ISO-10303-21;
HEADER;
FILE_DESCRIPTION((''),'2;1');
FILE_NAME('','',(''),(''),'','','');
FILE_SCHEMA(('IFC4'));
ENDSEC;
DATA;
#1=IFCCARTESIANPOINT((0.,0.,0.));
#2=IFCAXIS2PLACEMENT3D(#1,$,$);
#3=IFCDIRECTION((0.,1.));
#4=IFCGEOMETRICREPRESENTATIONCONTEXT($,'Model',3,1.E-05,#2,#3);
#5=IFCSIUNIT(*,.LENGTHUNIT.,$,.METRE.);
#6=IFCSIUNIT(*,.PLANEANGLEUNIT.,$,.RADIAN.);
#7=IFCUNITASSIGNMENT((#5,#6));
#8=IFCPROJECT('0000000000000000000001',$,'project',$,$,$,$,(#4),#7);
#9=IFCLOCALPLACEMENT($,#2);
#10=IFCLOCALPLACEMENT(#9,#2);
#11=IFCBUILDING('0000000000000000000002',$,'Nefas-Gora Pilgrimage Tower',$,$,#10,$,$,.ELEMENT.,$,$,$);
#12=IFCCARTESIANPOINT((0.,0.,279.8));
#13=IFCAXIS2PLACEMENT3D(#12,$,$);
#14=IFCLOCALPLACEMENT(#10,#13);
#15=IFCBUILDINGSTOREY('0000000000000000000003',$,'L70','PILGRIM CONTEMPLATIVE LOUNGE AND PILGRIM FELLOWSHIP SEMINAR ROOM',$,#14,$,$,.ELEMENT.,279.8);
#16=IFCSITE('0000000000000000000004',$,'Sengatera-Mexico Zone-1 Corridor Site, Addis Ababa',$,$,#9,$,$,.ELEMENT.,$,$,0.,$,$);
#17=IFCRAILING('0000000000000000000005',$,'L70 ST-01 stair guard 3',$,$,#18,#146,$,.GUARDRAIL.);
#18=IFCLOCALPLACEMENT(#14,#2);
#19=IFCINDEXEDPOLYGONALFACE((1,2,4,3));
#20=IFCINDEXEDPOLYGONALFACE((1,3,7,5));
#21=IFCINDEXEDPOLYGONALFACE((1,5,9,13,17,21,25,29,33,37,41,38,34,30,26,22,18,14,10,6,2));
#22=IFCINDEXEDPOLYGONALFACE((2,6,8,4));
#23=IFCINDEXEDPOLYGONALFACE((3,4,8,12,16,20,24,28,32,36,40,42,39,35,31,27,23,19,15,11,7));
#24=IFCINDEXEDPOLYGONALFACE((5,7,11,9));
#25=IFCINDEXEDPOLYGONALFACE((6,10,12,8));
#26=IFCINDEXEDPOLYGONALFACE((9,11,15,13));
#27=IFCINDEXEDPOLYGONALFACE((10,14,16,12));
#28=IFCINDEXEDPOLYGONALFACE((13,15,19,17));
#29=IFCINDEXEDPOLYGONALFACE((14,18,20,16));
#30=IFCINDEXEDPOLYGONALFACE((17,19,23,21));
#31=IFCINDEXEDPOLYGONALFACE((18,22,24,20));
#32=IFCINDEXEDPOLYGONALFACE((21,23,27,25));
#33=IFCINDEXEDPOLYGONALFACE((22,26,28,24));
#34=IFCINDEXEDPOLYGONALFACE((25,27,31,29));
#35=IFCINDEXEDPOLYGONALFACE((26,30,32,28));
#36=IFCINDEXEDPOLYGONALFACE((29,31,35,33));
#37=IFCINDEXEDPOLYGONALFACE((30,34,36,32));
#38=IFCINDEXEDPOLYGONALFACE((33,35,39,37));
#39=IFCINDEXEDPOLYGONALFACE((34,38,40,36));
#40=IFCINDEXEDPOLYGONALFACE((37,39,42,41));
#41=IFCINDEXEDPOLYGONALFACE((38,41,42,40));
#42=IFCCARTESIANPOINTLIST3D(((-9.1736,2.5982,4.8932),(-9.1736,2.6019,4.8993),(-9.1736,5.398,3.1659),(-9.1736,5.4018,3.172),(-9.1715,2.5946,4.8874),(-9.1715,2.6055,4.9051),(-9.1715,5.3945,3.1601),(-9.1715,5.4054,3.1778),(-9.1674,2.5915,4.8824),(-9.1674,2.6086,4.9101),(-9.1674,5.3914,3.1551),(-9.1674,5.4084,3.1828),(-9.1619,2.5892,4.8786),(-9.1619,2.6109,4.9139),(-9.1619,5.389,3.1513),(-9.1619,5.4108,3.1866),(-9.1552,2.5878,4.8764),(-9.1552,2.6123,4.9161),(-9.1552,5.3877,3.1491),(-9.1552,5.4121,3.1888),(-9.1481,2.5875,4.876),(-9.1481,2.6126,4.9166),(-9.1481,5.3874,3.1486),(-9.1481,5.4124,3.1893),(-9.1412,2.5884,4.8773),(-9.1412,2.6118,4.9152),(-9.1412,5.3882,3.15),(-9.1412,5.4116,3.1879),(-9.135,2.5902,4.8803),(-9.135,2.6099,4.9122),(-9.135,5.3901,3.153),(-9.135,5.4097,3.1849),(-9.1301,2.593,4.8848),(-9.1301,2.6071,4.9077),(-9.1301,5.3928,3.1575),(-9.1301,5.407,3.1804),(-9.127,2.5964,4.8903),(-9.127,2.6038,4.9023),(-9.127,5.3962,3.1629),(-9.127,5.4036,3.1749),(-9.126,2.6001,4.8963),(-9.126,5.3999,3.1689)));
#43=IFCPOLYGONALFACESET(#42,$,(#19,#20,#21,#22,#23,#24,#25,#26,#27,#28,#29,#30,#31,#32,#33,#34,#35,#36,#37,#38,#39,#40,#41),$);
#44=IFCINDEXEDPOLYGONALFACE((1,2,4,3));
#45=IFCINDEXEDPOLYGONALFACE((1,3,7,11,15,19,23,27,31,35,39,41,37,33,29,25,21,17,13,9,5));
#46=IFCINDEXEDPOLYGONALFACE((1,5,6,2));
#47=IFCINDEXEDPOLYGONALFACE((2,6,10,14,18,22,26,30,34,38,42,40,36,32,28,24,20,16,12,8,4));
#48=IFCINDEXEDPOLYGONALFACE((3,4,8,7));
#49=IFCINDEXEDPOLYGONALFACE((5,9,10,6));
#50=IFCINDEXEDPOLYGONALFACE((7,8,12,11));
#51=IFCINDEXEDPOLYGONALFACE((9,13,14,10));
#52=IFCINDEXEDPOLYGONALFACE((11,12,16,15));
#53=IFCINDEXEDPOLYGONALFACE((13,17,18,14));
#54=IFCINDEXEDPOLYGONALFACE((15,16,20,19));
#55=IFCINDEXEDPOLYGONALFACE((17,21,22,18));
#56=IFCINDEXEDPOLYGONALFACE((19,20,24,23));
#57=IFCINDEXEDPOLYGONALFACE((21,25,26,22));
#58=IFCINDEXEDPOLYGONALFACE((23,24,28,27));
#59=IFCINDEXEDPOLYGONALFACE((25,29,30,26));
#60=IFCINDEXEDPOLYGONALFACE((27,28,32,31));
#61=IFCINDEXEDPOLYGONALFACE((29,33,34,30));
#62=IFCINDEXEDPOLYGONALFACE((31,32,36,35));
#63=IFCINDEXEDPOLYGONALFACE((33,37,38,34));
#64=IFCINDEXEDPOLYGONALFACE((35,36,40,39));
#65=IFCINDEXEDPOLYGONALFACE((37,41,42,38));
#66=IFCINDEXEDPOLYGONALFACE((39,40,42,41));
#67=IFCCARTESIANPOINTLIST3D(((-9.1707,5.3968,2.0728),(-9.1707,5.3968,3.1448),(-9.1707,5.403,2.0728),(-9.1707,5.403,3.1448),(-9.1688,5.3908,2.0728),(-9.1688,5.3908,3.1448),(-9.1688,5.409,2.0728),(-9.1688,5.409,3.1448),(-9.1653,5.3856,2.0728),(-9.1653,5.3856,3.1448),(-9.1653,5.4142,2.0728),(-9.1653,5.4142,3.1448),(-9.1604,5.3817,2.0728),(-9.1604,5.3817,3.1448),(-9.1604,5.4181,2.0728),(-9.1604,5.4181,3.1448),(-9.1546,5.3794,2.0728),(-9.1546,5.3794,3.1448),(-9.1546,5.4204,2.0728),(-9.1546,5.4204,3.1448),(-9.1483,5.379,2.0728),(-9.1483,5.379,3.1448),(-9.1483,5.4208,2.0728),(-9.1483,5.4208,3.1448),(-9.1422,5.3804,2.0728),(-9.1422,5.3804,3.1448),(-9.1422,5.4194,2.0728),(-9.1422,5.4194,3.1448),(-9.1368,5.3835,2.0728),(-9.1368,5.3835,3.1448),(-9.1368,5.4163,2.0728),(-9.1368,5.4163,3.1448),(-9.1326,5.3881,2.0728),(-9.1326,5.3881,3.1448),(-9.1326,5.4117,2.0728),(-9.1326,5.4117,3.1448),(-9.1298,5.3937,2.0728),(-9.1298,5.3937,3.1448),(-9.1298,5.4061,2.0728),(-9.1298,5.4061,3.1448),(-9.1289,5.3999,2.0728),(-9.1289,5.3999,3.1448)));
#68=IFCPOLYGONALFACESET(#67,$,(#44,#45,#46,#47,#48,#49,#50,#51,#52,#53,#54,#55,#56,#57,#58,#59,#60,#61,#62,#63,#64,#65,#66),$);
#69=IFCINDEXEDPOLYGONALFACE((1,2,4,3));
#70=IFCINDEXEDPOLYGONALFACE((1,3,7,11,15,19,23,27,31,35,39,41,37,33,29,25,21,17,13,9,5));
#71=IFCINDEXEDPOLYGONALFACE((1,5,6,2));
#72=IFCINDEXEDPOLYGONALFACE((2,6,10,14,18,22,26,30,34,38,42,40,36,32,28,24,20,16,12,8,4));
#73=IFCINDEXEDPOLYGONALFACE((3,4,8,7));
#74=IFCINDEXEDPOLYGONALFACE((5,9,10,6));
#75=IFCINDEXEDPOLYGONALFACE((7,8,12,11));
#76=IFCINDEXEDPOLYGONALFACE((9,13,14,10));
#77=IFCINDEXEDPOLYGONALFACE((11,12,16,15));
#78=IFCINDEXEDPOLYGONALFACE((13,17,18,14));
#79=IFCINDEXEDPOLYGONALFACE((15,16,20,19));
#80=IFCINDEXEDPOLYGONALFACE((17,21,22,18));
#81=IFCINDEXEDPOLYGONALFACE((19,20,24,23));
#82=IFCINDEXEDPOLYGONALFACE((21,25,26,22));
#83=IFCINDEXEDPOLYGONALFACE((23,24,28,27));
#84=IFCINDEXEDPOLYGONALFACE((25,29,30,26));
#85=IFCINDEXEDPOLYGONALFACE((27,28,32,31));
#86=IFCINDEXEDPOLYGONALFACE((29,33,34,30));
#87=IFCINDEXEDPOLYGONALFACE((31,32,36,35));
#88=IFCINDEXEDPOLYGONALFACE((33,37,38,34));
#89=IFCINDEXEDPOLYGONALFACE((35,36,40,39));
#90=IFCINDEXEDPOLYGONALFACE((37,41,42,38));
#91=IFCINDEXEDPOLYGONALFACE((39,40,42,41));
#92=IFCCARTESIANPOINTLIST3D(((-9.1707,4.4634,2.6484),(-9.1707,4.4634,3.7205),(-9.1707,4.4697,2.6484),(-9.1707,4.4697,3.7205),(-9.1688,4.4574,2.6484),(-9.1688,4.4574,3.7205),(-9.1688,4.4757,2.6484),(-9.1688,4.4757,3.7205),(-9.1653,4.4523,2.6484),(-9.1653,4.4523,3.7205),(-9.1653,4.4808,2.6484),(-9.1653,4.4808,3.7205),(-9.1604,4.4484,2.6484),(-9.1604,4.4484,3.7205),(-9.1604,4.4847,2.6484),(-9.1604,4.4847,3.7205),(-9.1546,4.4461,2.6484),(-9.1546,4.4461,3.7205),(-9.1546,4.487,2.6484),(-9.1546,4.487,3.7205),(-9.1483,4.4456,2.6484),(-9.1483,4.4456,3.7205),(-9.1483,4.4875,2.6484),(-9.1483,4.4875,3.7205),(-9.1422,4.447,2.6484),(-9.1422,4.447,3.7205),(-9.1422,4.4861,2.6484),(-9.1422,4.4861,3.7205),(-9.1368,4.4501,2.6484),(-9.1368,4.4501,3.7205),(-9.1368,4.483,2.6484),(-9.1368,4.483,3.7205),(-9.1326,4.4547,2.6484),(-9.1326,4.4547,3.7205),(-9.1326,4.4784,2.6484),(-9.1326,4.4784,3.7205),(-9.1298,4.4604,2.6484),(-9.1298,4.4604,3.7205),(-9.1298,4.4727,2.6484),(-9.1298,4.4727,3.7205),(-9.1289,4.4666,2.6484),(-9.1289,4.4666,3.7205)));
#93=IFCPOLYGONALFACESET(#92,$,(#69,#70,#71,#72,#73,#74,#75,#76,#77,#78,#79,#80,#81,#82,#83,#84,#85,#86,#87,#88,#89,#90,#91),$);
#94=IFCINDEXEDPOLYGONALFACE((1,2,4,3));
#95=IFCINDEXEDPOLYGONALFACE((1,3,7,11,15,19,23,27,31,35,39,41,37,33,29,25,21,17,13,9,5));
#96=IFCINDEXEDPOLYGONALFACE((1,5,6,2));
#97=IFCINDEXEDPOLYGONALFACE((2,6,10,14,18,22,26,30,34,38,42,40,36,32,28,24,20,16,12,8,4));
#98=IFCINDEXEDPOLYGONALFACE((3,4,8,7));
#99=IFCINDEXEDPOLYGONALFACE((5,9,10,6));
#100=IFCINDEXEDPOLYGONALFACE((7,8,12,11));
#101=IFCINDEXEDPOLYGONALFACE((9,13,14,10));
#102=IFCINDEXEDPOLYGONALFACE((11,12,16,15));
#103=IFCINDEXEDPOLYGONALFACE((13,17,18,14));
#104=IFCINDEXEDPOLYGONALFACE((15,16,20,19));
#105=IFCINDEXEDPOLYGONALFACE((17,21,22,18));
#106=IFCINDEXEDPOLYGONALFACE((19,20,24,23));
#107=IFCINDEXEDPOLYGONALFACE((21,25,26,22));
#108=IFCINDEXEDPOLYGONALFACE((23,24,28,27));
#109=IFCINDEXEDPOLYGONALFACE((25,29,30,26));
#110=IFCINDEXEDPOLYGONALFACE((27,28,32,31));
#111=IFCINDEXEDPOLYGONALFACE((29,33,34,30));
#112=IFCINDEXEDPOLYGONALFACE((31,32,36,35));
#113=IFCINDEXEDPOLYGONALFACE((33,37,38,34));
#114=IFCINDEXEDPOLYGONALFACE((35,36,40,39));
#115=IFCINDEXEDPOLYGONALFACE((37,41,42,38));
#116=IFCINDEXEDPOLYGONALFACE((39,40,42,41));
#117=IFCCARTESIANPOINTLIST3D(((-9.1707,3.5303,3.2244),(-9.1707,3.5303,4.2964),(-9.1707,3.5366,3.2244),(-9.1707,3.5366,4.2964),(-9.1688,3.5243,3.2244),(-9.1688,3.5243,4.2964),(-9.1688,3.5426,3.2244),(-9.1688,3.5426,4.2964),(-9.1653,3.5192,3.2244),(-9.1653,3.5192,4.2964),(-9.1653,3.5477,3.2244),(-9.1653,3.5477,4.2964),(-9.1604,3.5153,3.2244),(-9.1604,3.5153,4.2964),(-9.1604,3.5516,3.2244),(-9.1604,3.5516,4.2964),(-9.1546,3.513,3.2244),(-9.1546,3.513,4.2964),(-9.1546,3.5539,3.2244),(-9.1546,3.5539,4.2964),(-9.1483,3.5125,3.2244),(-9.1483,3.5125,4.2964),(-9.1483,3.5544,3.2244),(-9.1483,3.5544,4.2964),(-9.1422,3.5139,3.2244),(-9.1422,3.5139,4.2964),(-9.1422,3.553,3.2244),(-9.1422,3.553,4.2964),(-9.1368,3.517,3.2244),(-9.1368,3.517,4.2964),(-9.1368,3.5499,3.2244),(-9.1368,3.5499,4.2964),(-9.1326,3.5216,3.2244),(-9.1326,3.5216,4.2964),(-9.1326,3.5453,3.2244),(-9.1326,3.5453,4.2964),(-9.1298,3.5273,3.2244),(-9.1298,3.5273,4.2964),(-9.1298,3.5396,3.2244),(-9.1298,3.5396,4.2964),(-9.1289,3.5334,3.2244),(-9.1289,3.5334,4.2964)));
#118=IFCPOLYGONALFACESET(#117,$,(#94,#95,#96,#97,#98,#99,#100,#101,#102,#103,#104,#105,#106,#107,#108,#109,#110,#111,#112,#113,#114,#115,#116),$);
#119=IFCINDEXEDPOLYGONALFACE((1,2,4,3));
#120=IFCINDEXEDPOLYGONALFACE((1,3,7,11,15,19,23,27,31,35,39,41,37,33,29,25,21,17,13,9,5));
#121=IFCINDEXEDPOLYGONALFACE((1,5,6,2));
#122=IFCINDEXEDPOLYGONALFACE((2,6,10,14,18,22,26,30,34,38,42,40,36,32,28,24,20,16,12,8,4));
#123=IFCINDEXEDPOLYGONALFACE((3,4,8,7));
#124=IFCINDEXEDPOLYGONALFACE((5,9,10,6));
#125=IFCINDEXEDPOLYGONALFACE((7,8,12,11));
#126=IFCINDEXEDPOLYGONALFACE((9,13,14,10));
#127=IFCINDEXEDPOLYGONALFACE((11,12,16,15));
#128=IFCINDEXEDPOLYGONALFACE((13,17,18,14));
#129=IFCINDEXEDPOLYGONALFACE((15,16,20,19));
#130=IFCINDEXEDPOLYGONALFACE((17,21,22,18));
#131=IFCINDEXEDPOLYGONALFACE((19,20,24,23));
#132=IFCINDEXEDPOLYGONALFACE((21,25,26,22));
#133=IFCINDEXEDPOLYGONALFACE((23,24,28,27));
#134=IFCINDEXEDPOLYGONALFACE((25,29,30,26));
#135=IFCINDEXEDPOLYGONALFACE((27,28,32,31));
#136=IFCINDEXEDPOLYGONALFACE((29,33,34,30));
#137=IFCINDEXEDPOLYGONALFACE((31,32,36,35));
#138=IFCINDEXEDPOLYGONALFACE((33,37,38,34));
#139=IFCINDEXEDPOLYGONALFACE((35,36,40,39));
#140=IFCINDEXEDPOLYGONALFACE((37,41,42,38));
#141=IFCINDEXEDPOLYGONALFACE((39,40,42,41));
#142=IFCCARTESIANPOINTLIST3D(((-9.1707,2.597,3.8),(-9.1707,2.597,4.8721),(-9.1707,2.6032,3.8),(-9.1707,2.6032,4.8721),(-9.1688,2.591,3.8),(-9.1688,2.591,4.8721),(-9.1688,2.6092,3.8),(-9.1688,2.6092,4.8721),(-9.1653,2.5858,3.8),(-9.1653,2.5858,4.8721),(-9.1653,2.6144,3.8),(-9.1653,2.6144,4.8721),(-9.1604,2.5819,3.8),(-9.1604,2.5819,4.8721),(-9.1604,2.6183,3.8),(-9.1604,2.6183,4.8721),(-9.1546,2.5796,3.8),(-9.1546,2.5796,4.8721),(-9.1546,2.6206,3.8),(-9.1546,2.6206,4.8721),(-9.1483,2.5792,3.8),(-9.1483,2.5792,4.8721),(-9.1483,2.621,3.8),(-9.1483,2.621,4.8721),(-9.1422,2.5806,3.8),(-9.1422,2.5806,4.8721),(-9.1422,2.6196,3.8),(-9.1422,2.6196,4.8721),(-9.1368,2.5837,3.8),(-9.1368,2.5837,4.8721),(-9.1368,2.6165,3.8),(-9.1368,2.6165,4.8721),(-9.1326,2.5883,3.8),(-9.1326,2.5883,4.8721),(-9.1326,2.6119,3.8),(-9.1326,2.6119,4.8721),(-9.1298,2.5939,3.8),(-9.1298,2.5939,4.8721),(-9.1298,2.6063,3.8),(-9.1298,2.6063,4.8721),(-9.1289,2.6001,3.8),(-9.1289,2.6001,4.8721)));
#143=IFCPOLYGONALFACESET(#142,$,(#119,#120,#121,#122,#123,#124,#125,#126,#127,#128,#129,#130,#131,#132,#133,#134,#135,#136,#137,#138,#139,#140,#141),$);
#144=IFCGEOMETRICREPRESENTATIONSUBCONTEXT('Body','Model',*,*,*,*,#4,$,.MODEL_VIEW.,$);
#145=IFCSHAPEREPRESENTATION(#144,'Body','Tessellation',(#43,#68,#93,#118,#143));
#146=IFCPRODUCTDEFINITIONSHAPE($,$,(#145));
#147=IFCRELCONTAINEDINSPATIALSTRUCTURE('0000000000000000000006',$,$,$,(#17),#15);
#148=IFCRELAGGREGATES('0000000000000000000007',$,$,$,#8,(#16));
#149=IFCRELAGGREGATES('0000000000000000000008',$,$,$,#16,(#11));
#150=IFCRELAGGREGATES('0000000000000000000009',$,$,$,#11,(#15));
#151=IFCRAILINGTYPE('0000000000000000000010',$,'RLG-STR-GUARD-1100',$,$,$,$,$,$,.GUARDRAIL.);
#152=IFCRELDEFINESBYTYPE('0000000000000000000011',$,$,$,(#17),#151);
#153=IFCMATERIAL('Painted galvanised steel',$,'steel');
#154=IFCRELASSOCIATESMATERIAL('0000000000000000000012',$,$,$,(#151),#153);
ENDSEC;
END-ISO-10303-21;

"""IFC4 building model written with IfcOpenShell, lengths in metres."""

from ifc_helpers import new_model, si_unit, direction, frame, origin, origin_2d, place, context, subcontext, project, spatial, circle, extrude, material, type_object, element, save


model = new_model("IFC4")

# Units and contexts
model_context = context("Model", 3, precision=1e-05, world=origin(), true_north=direction((0.0, 1.0)))
body_context = subcontext(model_context, "Body", "Model", "MODEL_VIEW")
ifc_project = project(units=[si_unit("LENGTHUNIT", "METRE"), si_unit("PLANEANGLEUNIT", "RADIAN")], contexts=[model_context])

# Site, building, storey
site_placement = place(None, origin())
site = spatial("IfcSite", under=ifc_project, at=site_placement, Name="Sengatera-Mexico Zone-1 Corridor Site, Addis Ababa", CompositionType="ELEMENT", RefElevation=0.0)
building_placement = place(site_placement, origin())
building = spatial("IfcBuilding", under=site, at=building_placement, Name="Nefas-Gora Pilgrimage Tower", CompositionType="ELEMENT")
storey_placement = place(building_placement, frame((0.0, 0.0, 279.8)))
storey = spatial("IfcBuildingStorey", under=building, at=storey_placement, Name="L70", Description="PILGRIM CONTEMPLATIVE LOUNGE AND PILGRIM FELLOWSHIP SEMINAR ROOM", CompositionType="ELEMENT", Elevation=279.8)

# Railing
ifc_material_1 = material(Name="Painted galvanised steel", Category="steel")
railing_type_1 = type_object("IfcRailingType", Name="RLG-STR-GUARD-1100", PredefinedType="GUARDRAIL", material=ifc_material_1)
railing_1_placement = place(storey_placement, frame((-9.1499, 5.3999, 2.0728)))
element("IfcRailing", 1, at=railing_1_placement, inside=storey, type_object=railing_type_1, Name="L70 ST-01 stair guard 3", PredefinedType="GUARDRAIL", context=body_context, shape_type="SweptSolid", body=[
    extrude(circle(Radius=0.0239, at=origin_2d()), frame((0.0, 0.0, 1.0962), z_axis=(0.0, -0.851069, 0.525054), x_axis=(1.0, 0.0, 0.0)), (0.0, 0.0, 1.0), 3.2898),
    extrude(circle(Radius=0.021, at=origin_2d()), origin(), (0.0, 0.0, 1.0), 1.072),
    extrude(circle(Radius=0.021, at=origin_2d()), frame((0.0, -0.9333, 0.5757)), (0.0, 0.0, 1.0), 1.072),
    extrude(circle(Radius=0.021, at=origin_2d()), frame((0.0, -1.8665, 1.1516)), (0.0, 0.0, 1.0), 1.072),
    extrude(circle(Radius=0.021, at=origin_2d()), frame((0.0, -2.7998, 1.7273)), (0.0, 0.0, 1.0), 1.072),
])

save(model, "model.ifc")
